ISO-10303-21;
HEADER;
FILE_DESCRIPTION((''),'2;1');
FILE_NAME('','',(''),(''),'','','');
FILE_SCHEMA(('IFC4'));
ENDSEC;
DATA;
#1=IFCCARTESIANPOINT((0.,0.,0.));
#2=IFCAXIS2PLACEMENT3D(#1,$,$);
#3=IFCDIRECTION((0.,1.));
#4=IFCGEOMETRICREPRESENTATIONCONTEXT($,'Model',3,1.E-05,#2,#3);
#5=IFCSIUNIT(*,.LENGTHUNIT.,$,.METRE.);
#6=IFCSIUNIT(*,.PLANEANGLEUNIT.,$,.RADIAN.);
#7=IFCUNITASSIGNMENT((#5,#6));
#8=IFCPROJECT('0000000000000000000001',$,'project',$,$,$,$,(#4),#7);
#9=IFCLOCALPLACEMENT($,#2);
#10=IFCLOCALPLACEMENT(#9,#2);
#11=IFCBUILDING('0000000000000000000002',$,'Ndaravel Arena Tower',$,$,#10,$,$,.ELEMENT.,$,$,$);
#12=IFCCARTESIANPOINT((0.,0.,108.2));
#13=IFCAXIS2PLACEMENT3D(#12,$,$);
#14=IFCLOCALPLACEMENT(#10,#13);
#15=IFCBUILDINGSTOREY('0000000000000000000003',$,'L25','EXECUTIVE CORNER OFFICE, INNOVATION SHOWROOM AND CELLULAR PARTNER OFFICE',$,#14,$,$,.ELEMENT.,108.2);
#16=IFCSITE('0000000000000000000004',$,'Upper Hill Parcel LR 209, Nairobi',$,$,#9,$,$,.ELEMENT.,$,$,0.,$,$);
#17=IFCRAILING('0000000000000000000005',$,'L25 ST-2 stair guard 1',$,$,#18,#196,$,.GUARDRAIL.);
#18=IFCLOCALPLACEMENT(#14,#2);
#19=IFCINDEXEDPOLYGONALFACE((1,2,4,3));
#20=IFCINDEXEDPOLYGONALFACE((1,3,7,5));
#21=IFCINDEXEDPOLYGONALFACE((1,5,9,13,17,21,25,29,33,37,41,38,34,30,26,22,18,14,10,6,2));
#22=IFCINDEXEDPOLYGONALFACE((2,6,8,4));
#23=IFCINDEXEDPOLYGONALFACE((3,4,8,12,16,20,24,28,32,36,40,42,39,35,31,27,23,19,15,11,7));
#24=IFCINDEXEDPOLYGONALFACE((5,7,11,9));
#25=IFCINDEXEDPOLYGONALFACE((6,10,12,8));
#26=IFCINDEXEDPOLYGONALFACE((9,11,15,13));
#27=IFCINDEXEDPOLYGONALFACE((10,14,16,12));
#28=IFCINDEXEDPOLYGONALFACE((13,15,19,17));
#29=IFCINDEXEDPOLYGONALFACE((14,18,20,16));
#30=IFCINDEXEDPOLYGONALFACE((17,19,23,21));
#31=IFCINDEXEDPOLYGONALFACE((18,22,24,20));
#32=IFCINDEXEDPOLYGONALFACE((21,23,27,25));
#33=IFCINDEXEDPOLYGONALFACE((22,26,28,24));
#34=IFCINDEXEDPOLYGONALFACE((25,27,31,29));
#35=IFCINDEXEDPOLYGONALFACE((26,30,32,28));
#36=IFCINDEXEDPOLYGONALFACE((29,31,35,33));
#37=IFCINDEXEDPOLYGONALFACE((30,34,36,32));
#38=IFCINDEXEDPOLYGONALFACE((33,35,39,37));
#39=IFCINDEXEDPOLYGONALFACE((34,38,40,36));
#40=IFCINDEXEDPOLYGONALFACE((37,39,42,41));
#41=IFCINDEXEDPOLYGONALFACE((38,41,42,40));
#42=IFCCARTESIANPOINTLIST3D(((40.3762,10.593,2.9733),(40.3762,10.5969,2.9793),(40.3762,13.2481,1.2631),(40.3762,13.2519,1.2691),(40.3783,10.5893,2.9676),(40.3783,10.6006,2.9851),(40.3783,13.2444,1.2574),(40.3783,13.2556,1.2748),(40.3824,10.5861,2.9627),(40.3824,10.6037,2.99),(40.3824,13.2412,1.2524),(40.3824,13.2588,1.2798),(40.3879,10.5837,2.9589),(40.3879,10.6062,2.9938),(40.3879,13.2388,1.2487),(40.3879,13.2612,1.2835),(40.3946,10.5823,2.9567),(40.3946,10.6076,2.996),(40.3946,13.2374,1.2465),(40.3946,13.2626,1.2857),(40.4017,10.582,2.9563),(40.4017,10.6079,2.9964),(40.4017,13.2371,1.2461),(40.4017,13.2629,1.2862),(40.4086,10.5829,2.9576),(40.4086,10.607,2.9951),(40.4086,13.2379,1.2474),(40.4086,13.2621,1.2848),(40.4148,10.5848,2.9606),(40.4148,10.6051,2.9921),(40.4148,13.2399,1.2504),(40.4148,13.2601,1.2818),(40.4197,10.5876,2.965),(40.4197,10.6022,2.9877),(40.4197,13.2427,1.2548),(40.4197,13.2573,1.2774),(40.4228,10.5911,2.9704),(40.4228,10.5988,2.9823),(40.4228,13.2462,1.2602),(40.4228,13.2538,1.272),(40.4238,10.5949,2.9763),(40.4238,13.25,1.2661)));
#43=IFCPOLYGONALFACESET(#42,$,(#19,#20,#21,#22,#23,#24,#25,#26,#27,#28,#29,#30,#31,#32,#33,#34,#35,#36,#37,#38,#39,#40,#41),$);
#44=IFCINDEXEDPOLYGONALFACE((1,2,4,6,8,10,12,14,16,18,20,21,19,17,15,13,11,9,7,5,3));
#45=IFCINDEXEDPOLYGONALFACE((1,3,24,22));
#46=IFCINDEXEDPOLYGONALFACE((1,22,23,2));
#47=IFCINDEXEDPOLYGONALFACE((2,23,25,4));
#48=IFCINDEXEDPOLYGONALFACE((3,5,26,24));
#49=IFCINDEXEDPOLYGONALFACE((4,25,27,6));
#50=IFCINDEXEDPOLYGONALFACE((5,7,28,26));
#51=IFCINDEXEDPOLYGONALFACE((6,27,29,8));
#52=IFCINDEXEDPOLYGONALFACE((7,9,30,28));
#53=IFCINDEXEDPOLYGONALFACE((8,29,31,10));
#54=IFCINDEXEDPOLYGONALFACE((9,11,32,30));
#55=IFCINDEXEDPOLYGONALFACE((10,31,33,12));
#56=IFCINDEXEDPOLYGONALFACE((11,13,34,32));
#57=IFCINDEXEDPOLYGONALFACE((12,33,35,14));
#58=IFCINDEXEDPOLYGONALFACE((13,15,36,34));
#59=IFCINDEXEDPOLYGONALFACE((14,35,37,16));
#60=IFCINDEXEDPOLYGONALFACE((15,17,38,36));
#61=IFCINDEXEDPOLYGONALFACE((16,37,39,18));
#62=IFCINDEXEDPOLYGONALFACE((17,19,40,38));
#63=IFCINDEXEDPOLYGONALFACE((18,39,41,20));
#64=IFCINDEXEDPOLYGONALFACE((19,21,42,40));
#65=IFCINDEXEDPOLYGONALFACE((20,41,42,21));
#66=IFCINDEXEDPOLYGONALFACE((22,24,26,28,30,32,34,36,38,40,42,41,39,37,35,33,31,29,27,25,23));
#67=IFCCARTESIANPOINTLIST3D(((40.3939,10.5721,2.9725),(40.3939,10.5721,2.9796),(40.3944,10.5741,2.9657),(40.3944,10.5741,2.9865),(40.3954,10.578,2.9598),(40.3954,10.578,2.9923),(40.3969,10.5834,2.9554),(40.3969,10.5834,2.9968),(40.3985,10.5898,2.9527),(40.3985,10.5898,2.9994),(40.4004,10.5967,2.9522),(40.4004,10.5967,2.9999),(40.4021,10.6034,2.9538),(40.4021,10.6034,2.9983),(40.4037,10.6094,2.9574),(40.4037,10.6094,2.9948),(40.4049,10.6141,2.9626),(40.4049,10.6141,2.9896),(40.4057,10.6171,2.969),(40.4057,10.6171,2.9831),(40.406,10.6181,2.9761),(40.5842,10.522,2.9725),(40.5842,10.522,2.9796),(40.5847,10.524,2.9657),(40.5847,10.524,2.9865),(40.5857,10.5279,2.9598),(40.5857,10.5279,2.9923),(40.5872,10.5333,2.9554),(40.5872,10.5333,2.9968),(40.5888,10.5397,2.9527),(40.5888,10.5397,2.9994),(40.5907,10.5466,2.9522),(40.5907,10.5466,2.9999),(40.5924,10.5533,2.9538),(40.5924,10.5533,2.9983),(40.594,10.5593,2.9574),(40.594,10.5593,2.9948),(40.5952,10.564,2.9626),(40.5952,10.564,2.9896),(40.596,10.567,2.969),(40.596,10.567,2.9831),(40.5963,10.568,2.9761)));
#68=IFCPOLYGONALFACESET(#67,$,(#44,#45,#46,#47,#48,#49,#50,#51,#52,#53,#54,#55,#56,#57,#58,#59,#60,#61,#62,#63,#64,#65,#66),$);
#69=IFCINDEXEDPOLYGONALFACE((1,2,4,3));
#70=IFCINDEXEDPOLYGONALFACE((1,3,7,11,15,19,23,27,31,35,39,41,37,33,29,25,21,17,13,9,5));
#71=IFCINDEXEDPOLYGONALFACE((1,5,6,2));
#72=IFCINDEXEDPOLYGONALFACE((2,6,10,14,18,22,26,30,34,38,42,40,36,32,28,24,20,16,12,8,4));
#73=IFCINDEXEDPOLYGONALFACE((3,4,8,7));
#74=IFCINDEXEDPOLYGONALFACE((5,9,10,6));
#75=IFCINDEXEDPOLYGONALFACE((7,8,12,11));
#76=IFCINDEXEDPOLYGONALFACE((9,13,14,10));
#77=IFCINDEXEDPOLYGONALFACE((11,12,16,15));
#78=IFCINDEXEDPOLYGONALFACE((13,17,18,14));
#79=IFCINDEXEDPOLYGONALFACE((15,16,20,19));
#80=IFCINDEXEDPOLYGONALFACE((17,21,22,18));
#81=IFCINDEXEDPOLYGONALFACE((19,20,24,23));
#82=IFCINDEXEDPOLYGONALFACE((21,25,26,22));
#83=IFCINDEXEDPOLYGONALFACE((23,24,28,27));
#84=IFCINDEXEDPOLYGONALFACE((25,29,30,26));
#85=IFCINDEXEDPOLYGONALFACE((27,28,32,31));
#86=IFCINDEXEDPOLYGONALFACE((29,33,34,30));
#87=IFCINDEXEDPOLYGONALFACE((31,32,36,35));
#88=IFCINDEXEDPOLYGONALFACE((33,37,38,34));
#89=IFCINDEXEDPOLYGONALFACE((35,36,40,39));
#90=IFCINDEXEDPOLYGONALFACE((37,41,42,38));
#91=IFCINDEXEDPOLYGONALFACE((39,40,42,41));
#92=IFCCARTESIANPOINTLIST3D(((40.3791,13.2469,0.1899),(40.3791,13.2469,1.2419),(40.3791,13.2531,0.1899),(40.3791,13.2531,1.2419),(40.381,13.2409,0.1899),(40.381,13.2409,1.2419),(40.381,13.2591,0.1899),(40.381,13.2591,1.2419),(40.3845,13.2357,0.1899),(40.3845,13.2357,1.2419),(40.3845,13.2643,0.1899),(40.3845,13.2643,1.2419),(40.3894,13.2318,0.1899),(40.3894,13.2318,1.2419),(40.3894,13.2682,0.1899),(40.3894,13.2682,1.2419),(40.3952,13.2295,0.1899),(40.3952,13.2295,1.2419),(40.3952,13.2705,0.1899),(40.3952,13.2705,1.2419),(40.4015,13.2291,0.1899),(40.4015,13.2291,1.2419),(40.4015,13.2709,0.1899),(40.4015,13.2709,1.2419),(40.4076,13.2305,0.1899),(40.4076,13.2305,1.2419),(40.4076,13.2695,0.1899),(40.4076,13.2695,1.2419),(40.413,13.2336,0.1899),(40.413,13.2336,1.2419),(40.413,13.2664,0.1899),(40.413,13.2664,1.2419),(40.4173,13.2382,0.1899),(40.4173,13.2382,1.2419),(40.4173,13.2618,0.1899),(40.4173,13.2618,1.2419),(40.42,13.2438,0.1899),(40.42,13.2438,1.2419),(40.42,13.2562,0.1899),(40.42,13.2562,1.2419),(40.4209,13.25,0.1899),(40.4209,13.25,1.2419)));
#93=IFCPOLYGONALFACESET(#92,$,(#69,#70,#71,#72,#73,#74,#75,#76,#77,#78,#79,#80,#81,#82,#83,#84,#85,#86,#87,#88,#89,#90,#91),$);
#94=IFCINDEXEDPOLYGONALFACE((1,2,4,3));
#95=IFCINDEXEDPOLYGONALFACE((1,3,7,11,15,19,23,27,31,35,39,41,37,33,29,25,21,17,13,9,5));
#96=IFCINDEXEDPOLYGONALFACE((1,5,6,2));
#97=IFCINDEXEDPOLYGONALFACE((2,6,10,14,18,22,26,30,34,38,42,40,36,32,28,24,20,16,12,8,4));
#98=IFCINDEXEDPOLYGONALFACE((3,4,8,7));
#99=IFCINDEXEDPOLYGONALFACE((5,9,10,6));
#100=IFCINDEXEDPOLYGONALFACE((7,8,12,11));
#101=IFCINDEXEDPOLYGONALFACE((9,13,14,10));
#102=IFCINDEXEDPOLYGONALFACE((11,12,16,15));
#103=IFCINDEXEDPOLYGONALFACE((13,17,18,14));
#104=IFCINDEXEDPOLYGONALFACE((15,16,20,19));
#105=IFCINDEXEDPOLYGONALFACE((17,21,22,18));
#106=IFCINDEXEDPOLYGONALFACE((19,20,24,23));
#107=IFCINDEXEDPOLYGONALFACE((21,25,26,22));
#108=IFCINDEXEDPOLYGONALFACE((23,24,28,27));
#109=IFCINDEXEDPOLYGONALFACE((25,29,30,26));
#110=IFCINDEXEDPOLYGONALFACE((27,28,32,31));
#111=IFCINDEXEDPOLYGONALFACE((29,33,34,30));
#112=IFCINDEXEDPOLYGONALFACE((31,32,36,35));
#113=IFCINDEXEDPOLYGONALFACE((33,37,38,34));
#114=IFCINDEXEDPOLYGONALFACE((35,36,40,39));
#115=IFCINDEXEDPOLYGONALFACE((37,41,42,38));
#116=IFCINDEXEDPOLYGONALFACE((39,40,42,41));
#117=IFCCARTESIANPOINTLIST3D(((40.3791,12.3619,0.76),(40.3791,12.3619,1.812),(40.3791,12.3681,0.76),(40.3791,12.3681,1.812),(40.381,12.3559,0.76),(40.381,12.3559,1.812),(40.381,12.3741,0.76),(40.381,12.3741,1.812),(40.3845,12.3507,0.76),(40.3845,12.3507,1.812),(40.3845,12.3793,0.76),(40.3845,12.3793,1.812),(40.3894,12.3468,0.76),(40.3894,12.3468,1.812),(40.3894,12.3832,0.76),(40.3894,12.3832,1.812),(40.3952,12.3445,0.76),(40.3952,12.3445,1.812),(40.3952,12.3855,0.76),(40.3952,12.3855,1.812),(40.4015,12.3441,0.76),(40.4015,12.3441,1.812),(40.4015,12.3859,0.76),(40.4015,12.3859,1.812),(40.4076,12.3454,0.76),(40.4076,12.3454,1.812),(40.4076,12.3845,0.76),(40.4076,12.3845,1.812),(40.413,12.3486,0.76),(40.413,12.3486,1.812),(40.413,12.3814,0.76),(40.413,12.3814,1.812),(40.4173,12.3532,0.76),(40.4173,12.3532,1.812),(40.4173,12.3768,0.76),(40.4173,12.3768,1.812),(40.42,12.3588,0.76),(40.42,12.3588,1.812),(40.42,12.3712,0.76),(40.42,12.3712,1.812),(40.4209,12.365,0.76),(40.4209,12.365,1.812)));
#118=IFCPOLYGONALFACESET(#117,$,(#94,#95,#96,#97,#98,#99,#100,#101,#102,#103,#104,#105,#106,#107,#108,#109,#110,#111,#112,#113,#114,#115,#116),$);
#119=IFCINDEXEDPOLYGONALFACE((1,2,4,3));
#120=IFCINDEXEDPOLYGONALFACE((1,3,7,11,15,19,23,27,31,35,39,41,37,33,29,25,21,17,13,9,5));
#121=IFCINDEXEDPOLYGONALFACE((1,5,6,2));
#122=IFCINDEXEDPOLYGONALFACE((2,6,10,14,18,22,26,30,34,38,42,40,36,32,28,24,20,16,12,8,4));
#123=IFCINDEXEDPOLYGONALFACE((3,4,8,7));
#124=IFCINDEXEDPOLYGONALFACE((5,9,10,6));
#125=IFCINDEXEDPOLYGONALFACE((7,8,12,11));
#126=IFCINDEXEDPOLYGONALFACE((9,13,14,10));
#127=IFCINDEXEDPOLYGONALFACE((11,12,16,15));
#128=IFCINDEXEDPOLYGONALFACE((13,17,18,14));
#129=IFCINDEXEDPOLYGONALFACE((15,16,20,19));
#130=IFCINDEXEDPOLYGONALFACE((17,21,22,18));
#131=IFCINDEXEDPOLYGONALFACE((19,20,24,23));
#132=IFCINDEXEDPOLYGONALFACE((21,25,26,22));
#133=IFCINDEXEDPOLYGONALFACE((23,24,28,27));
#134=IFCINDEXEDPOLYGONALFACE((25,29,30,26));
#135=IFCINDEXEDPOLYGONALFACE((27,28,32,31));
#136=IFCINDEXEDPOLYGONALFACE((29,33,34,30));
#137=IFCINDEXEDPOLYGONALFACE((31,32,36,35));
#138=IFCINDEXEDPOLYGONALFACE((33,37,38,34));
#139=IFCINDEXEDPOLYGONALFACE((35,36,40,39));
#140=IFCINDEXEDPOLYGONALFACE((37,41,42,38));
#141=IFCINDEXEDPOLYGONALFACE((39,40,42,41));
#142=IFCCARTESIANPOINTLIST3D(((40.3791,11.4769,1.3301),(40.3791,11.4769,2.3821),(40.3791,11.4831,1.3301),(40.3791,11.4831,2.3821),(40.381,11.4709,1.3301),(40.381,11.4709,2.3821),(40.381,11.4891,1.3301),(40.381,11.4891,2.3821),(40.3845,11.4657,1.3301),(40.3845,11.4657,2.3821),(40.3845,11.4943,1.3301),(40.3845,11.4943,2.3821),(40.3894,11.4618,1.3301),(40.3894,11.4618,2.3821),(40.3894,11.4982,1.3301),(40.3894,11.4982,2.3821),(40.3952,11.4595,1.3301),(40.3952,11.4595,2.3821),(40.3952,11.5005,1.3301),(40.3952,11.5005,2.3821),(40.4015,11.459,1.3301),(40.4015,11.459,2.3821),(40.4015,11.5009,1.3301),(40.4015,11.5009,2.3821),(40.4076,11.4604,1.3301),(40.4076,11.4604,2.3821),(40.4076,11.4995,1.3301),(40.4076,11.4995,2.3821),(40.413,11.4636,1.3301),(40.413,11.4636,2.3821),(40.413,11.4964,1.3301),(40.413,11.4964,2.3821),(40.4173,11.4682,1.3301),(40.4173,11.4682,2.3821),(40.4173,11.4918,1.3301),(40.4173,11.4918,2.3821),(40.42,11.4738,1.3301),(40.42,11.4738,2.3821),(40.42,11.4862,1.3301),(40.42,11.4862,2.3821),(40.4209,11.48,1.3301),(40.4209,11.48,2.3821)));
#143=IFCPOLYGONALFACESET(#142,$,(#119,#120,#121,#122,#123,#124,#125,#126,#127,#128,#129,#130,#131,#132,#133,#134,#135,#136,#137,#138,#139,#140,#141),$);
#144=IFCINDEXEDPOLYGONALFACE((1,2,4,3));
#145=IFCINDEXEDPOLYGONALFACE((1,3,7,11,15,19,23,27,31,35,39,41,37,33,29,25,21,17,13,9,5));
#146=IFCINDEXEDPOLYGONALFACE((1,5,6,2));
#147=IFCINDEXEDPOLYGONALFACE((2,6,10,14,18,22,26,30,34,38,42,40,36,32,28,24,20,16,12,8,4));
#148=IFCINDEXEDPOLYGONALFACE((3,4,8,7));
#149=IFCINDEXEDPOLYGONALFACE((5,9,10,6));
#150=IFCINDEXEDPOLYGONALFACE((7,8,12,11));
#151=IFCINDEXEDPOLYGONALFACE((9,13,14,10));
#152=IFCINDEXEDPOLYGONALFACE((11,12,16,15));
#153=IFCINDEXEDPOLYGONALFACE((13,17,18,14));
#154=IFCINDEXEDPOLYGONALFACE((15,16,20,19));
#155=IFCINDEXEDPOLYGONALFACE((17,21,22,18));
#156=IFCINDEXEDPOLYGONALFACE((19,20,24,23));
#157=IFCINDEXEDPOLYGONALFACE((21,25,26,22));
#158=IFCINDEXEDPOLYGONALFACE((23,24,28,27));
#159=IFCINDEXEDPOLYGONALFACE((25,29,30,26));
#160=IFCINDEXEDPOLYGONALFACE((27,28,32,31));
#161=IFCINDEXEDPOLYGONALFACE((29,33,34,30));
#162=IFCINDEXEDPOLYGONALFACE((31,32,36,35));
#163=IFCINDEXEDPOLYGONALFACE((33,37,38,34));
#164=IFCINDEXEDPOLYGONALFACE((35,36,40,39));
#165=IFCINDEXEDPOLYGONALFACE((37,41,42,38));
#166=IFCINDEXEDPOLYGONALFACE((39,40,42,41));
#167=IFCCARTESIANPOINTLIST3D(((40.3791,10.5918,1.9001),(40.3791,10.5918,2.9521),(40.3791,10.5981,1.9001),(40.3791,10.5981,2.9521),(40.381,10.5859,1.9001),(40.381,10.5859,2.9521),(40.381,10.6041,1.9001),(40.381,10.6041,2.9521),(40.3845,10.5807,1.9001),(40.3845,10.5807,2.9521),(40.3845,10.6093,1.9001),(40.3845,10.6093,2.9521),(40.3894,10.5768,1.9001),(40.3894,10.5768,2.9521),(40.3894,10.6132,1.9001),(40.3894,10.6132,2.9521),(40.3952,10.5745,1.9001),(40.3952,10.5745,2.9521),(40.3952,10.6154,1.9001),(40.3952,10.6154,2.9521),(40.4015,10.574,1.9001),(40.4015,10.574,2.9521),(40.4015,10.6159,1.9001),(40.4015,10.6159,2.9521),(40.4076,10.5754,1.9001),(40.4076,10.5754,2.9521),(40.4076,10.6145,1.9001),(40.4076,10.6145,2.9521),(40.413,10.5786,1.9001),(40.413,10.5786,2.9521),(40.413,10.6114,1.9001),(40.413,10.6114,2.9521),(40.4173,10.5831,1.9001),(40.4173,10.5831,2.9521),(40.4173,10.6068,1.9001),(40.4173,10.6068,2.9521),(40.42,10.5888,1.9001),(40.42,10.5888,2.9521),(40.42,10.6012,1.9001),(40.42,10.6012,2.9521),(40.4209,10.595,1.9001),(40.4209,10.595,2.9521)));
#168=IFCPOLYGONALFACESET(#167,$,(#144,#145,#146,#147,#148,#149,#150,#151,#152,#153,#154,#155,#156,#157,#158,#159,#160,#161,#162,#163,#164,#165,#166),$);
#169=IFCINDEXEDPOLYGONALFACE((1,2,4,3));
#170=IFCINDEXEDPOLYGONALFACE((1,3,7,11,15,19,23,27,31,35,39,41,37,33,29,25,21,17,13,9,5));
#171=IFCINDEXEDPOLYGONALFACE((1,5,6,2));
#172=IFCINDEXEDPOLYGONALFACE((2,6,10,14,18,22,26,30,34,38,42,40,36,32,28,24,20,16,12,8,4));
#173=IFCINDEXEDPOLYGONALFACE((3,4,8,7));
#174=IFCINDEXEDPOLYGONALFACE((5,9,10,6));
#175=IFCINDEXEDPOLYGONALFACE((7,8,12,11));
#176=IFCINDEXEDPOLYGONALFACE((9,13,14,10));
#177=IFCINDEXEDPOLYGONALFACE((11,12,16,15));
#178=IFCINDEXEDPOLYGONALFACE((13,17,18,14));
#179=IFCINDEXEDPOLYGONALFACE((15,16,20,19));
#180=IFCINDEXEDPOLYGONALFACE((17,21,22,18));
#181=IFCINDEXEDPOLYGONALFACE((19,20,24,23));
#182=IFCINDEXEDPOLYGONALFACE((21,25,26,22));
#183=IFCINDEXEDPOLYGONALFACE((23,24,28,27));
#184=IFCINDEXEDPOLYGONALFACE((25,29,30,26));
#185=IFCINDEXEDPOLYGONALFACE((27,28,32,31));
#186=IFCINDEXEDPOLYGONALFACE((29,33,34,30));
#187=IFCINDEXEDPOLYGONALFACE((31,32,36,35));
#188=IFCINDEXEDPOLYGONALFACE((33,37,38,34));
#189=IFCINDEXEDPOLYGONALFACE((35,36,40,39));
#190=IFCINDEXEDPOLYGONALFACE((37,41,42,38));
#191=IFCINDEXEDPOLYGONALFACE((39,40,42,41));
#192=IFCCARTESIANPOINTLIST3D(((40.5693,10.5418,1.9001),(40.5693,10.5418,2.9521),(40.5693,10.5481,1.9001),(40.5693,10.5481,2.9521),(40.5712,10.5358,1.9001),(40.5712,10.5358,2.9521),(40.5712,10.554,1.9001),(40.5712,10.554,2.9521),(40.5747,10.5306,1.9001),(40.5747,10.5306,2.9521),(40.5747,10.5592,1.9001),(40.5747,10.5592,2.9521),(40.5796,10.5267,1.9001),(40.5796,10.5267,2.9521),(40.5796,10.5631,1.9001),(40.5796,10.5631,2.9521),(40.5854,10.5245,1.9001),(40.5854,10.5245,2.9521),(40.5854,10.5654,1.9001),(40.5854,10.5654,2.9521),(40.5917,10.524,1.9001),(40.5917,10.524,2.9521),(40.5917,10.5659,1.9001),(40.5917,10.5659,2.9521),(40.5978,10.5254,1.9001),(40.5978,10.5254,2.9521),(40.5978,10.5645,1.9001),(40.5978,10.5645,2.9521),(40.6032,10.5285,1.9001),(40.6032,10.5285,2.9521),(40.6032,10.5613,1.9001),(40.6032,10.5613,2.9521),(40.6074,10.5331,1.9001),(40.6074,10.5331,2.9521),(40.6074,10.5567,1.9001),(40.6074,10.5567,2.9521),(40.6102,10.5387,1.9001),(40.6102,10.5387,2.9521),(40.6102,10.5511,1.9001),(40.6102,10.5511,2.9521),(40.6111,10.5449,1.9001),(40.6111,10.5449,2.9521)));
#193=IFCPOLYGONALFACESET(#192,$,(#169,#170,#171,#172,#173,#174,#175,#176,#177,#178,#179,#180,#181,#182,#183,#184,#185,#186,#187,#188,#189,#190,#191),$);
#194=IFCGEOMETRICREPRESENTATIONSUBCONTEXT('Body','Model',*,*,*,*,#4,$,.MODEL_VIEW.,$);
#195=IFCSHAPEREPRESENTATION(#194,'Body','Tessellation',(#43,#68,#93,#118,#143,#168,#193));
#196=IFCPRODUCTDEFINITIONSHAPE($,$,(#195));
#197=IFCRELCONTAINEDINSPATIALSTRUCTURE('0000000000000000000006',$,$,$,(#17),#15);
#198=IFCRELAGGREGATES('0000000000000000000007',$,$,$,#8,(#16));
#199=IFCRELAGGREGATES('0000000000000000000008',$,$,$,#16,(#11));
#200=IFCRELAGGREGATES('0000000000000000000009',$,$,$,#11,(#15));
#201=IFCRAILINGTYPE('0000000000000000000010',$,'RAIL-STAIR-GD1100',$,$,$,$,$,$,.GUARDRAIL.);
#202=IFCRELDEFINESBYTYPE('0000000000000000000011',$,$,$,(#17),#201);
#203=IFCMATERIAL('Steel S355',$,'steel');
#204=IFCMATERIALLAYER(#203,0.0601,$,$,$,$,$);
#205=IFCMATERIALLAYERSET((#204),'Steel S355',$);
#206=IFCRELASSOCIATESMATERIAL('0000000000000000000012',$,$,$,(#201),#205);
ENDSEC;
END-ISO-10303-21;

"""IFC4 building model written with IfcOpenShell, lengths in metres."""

from ifc_helpers import new_model, si_unit, direction, frame, origin, origin_2d, place, context, subcontext, project, spatial, circle, extrude, material, layer, layer_set, type_object, element, save


model = new_model("IFC4")

# Units and contexts
model_context = context("Model", 3, precision=1e-05, world=origin(), true_north=direction((0.0, 1.0)))
body_context = subcontext(model_context, "Body", "Model", "MODEL_VIEW")
ifc_project = project(units=[si_unit("LENGTHUNIT", "METRE"), si_unit("PLANEANGLEUNIT", "RADIAN")], contexts=[model_context])

# Site, building, storey
site_placement = place(None, origin())
site = spatial("IfcSite", under=ifc_project, at=site_placement, Name="Upper Hill Parcel LR 209, Nairobi", CompositionType="ELEMENT", RefElevation=0.0)
building_placement = place(site_placement, origin())
building = spatial("IfcBuilding", under=site, at=building_placement, Name="Ndaravel Arena Tower", CompositionType="ELEMENT")
storey_placement = place(building_placement, frame((0.0, 0.0, 108.2)))
storey = spatial("IfcBuildingStorey", under=building, at=storey_placement, Name="L25", Description="EXECUTIVE CORNER OFFICE, INNOVATION SHOWROOM AND CELLULAR PARTNER OFFICE", CompositionType="ELEMENT", Elevation=108.2)

# Railing
ifc_material_1 = material(Name="Steel S355", Category="steel")
ifc_layer_1 = layer(ifc_material_1, 0.0601)
ifc_layer_set_1 = layer_set([ifc_layer_1], Name="Steel S355")
railing_type_1 = type_object("IfcRailingType", Name="RAIL-STAIR-GD1100", PredefinedType="GUARDRAIL", material=ifc_layer_set_1)
railing_1_placement = place(storey_placement, frame((40.3999, 13.25, 0.1899)))
element("IfcRailing", 1, at=railing_1_placement, inside=storey, type_object=railing_type_1, Name="L25 ST-2 stair guard 1", PredefinedType="GUARDRAIL", context=body_context, shape_type="SweptSolid", body=[
    extrude(circle(Radius=0.0239, at=origin_2d()), frame((0.0, 0.0, 1.0762), z_axis=(0.0, -0.840688, 0.541519), x_axis=(1.0, 0.0, 0.0)), (0.0, 0.0, 1.0), 3.1582),
    extrude(circle(Radius=0.0239, at=origin_2d()), frame((0.0, -2.655, 2.7861), z_axis=(0.967075, -0.254493, 0.0), x_axis=(0.254493, 0.967075, 0.0)), (0.0, 0.0, 1.0), 0.1968),
    extrude(circle(Radius=0.021, at=origin_2d()), origin(), (0.0, 0.0, 1.0), 1.052),
    extrude(circle(Radius=0.021, at=origin_2d()), frame((0.0, -0.885, 0.5701)), (0.0, 0.0, 1.0), 1.052),
    extrude(circle(Radius=0.021, at=origin_2d()), frame((0.0, -1.77, 1.1401)), (0.0, 0.0, 1.0), 1.052),
    extrude(circle(Radius=0.021, at=origin_2d()), frame((0.0, -2.655, 1.7102)), (0.0, 0.0, 1.0), 1.052),
    extrude(circle(Radius=0.021, at=origin_2d()), frame((0.1902, -2.7051, 1.7102)), (0.0, 0.0, 1.0), 1.052),
])

save(model, "model.ifc")
